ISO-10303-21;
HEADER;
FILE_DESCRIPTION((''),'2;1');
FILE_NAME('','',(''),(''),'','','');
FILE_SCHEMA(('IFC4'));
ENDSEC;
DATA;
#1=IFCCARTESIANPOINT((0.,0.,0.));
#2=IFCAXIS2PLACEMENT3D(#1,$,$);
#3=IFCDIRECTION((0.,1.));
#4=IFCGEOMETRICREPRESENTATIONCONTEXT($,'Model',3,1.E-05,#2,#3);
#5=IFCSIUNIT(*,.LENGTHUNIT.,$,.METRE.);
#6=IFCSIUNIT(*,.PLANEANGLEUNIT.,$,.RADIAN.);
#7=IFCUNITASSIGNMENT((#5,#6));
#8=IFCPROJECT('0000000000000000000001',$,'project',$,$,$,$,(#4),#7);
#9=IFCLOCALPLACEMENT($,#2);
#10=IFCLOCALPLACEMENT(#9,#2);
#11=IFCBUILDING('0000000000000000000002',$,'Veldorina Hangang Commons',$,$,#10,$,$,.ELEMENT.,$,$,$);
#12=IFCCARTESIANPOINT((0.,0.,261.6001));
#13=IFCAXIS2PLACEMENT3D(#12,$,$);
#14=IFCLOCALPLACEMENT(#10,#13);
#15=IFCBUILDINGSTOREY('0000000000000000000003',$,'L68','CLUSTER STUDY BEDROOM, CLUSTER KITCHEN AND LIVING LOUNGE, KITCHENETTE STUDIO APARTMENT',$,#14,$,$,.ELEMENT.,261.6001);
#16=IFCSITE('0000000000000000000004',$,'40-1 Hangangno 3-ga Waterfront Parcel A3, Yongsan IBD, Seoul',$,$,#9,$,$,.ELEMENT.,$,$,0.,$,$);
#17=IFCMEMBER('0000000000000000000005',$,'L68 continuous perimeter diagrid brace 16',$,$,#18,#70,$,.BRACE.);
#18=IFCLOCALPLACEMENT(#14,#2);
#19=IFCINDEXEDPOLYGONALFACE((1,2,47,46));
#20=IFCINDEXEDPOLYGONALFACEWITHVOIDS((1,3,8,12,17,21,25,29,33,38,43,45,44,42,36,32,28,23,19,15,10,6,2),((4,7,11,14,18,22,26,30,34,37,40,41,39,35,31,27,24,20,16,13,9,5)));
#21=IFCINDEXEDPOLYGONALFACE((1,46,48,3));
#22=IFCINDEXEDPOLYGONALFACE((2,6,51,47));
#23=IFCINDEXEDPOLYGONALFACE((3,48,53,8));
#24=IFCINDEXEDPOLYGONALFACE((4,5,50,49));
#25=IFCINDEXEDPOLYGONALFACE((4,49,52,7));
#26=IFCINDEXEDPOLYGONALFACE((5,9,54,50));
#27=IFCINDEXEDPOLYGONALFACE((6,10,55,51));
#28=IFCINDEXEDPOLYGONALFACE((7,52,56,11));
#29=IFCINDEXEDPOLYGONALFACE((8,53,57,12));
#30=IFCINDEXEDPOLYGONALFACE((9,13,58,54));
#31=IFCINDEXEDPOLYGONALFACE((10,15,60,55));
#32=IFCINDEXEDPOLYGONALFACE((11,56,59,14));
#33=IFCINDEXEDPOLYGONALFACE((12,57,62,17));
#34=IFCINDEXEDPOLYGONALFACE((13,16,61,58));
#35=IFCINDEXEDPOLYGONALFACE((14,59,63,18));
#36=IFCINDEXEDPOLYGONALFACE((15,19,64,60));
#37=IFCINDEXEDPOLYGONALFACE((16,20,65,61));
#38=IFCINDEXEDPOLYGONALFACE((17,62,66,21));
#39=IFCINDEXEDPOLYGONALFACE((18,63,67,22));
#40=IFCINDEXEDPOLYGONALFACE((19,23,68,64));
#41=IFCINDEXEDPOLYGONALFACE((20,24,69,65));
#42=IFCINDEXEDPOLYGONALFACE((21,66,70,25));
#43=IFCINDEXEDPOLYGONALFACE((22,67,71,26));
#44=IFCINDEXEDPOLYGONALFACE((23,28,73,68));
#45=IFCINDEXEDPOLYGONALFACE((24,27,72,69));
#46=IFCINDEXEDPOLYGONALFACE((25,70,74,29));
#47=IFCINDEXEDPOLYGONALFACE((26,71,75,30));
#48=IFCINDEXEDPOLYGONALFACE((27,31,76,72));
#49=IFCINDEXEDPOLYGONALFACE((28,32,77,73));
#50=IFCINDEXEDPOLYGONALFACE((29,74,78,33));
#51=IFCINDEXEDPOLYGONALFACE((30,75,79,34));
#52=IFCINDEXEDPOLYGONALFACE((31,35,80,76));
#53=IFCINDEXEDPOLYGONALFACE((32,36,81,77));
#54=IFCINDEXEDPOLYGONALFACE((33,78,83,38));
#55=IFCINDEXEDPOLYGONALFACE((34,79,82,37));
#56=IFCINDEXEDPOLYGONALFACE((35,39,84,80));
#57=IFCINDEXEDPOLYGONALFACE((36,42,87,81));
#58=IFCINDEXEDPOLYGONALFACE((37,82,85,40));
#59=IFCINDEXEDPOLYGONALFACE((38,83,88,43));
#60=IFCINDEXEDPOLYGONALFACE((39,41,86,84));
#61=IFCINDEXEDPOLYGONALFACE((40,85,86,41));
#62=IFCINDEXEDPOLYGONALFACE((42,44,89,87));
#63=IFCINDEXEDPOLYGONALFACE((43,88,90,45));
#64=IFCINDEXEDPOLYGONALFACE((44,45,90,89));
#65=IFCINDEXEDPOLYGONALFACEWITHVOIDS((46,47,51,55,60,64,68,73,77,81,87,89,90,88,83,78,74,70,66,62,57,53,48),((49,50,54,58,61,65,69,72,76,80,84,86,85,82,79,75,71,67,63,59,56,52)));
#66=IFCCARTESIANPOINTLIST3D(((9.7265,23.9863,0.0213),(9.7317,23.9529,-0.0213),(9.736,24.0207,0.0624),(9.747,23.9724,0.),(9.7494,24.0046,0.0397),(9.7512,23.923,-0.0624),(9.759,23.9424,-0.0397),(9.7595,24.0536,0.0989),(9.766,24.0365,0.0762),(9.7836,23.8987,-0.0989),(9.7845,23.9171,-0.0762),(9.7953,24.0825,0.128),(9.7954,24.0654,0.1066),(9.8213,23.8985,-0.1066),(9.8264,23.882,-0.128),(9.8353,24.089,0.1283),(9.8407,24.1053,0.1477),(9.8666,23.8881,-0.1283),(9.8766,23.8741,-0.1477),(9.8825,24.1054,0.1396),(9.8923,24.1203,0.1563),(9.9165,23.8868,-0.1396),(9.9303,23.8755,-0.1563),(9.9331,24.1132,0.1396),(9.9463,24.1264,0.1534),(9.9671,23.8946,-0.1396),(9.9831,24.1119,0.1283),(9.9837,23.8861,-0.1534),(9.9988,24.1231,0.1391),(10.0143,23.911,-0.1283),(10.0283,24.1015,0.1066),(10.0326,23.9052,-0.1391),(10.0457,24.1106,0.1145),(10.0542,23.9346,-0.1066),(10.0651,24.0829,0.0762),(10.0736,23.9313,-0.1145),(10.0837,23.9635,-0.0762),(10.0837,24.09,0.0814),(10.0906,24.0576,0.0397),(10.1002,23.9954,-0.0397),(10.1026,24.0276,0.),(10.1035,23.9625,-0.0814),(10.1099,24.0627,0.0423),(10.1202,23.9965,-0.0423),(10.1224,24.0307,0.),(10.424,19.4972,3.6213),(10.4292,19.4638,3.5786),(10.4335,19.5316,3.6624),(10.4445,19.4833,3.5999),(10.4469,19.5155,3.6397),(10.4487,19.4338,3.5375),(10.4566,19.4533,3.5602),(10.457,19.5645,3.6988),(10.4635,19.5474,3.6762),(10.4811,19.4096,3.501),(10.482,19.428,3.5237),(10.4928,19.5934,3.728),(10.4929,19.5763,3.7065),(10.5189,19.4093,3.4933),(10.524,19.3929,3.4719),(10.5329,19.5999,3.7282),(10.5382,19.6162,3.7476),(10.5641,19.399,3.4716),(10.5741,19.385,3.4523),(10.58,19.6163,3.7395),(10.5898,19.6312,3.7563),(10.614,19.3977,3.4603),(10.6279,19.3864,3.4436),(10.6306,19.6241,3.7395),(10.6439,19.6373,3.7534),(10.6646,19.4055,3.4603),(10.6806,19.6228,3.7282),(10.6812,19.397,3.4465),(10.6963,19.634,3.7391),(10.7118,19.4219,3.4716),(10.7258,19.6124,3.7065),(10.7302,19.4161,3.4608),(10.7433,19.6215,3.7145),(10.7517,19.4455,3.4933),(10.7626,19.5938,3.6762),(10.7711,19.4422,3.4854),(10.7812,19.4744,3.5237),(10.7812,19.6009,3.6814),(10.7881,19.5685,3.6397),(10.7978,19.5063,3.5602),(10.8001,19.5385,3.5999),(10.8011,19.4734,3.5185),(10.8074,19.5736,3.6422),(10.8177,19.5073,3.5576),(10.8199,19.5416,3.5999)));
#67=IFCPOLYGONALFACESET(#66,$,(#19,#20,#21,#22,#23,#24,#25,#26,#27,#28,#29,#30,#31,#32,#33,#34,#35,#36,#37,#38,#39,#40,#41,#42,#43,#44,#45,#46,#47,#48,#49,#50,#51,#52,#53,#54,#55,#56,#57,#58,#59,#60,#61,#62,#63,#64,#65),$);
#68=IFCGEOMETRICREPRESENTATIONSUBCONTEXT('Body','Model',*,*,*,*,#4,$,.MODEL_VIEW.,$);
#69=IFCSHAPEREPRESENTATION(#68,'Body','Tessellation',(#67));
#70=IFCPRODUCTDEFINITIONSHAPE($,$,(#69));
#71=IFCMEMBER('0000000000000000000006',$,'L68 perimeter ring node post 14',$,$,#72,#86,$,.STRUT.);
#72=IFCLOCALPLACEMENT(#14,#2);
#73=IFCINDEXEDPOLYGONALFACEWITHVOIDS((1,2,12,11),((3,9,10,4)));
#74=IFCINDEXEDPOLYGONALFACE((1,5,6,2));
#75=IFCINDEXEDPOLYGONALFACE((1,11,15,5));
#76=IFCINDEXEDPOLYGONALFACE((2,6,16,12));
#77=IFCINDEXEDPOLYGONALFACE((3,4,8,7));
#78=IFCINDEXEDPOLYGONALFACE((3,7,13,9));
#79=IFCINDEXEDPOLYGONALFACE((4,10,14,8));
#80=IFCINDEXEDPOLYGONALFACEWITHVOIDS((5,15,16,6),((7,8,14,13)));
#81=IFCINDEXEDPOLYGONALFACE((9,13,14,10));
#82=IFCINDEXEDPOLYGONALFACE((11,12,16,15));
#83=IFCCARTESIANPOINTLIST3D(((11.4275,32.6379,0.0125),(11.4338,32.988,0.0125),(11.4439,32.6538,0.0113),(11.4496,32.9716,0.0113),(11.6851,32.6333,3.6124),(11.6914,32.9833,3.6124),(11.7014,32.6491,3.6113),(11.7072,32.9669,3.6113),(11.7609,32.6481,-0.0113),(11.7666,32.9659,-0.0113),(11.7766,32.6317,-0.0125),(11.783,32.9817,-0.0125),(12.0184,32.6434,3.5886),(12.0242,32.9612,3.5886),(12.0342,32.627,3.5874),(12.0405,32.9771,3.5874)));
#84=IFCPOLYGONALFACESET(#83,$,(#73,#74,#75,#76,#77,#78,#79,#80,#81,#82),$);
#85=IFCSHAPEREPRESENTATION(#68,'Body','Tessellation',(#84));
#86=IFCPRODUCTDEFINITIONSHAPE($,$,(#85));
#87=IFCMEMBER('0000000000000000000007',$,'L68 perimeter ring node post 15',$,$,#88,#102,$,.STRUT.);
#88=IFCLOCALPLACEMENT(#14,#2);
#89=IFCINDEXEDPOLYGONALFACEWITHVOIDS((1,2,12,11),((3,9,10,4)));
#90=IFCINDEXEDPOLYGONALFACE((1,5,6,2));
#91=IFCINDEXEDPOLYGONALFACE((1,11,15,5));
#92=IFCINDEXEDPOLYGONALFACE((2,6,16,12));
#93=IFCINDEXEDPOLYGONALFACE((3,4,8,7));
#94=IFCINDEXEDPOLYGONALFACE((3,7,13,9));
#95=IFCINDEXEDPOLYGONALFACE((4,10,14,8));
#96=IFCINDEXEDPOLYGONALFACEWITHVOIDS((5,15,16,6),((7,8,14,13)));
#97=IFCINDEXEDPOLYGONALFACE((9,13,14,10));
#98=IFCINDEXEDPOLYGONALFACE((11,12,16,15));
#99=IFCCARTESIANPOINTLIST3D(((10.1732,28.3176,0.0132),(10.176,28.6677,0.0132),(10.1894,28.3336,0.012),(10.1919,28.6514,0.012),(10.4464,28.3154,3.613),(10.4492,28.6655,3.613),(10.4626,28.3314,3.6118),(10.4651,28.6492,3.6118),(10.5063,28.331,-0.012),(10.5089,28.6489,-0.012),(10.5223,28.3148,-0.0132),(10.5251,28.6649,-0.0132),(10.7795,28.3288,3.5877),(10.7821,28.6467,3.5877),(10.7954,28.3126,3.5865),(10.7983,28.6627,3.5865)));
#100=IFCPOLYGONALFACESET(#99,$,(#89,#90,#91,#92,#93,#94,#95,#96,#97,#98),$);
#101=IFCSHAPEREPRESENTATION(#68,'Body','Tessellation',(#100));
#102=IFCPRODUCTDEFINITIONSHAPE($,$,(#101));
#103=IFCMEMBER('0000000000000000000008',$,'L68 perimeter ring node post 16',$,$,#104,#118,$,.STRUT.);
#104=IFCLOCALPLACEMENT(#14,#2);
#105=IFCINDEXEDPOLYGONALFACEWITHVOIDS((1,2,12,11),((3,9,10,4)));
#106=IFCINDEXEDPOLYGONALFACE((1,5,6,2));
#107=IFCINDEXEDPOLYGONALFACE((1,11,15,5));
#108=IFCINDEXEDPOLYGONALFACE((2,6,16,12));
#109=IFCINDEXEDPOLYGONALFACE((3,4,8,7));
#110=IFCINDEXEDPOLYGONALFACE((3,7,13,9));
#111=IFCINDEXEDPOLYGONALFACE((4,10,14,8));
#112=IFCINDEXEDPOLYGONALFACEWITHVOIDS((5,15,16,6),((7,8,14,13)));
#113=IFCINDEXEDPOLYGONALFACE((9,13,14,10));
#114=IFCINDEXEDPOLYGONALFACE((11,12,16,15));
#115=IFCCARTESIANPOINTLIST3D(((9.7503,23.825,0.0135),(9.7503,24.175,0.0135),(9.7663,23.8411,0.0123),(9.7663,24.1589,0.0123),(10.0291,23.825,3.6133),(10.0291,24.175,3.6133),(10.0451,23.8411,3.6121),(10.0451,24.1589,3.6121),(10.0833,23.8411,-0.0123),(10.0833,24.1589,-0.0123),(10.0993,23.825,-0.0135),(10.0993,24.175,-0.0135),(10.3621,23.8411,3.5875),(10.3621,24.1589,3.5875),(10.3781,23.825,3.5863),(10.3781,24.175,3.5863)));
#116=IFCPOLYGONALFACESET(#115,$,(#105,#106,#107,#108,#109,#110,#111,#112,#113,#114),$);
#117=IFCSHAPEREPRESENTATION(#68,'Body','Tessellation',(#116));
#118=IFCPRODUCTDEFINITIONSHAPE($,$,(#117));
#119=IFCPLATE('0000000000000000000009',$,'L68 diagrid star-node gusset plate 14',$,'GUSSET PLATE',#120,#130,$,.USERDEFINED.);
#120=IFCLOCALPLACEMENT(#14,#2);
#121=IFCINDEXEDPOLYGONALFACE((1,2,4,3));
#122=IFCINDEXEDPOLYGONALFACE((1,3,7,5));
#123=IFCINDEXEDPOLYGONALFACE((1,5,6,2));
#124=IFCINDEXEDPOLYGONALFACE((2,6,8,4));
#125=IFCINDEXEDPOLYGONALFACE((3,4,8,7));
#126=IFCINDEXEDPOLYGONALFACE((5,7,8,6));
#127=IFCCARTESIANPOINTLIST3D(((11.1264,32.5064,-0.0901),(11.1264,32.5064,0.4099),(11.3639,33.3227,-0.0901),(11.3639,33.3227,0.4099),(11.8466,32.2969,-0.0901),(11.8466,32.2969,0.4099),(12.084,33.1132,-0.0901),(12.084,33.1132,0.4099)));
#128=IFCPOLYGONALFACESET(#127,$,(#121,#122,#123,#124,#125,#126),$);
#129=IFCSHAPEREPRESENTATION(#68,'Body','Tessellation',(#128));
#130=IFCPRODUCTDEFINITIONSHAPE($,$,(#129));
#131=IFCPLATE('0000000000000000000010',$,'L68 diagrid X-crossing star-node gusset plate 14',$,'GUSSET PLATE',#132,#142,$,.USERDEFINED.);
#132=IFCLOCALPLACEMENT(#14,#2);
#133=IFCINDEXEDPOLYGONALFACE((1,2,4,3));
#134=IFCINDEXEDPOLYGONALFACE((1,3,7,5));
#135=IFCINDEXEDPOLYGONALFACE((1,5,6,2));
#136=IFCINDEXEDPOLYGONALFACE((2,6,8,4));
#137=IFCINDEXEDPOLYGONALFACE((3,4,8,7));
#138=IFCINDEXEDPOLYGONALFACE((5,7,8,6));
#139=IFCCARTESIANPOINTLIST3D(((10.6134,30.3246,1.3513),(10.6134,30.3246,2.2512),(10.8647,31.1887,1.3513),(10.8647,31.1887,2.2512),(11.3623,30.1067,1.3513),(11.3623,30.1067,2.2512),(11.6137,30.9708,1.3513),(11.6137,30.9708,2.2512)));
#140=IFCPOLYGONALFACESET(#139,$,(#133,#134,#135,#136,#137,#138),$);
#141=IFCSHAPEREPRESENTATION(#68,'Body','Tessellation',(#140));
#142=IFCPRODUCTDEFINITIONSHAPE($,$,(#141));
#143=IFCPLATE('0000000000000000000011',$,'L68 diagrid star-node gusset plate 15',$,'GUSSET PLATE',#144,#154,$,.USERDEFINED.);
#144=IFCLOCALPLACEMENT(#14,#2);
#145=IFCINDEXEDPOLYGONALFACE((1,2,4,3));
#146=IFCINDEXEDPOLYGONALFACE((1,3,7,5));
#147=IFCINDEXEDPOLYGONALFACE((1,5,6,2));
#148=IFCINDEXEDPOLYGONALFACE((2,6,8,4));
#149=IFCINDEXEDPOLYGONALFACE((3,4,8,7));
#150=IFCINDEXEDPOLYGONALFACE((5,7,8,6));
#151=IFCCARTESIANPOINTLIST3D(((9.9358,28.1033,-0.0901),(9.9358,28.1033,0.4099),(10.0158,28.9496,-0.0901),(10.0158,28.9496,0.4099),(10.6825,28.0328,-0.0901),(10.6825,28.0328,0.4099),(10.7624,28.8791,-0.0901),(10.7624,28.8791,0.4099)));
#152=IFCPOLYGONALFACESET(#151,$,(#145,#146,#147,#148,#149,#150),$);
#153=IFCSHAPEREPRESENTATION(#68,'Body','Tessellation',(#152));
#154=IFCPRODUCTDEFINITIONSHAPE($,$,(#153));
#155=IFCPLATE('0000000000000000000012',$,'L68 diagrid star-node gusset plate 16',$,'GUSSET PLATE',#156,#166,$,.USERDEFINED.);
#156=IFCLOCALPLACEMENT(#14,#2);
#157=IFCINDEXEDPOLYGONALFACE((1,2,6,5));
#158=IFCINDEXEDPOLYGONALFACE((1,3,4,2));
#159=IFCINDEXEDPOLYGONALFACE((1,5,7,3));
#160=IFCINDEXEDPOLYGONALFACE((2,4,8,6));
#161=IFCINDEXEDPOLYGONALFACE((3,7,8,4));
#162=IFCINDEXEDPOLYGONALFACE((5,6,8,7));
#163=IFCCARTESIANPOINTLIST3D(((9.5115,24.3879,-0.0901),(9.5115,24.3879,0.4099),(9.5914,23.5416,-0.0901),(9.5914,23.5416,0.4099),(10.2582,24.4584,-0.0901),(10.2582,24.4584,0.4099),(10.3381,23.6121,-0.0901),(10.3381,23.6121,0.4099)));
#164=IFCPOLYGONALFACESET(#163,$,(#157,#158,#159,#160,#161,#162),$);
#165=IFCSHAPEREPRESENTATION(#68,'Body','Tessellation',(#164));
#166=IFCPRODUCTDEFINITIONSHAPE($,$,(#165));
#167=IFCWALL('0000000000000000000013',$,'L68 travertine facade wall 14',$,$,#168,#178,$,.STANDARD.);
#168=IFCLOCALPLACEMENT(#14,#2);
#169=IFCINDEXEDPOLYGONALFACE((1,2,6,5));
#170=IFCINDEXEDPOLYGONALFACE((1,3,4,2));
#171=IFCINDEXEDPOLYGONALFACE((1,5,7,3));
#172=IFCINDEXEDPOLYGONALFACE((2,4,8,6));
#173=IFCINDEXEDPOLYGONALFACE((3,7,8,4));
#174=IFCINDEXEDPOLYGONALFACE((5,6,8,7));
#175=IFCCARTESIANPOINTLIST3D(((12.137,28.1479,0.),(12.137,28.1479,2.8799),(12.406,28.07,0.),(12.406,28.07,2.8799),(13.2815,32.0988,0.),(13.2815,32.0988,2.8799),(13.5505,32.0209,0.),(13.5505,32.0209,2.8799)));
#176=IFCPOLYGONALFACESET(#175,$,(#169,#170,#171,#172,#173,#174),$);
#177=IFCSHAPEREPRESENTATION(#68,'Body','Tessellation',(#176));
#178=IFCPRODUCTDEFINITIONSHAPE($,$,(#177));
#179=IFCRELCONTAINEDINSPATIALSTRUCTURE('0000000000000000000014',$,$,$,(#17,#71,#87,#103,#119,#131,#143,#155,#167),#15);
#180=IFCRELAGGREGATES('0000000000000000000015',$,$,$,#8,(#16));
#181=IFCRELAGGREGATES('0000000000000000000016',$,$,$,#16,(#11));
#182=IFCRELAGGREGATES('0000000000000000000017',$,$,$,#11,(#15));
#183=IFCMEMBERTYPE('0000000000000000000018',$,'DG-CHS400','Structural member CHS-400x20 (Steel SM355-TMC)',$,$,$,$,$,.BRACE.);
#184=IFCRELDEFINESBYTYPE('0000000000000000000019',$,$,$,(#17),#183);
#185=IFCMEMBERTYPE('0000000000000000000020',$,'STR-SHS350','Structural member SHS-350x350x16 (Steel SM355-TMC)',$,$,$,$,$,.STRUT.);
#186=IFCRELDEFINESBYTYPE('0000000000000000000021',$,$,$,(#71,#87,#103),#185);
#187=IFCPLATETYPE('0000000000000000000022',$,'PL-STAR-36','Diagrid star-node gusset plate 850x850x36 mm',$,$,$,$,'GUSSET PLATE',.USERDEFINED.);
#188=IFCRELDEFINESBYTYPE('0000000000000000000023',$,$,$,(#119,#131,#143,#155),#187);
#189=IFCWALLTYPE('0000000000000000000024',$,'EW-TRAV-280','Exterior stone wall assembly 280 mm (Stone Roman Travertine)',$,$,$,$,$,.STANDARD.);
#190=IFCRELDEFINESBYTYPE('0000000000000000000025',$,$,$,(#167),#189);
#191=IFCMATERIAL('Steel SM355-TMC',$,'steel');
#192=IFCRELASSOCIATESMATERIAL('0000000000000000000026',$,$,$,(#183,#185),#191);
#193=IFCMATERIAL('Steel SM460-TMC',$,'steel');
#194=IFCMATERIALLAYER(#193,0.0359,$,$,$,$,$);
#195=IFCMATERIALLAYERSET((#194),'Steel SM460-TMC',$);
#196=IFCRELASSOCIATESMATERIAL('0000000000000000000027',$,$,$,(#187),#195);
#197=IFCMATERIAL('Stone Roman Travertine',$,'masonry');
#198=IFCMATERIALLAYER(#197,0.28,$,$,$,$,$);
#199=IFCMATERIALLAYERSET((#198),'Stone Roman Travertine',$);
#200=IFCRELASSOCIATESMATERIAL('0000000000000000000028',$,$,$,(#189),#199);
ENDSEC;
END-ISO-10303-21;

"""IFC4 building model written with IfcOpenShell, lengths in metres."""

from ifc_helpers import new_model, si_unit, direction, frame, frame_2d, origin, origin_2d, place, context, subcontext, project, spatial, rectangle, hollow_rectangle, hollow_circle, extrude, material, layer, layer_set, material_profile, profile_set, type_object, element, save


model = new_model("IFC4")

# Units and contexts
model_context = context("Model", 3, precision=1e-05, world=origin(), true_north=direction((0.0, 1.0)))
body_context = subcontext(model_context, "Body", "Model", "MODEL_VIEW")
ifc_project = project(units=[si_unit("LENGTHUNIT", "METRE"), si_unit("PLANEANGLEUNIT", "RADIAN")], contexts=[model_context])

# Site, building, storey
site_placement = place(None, origin())
site = spatial("IfcSite", under=ifc_project, at=site_placement, Name="40-1 Hangangno 3-ga Waterfront Parcel A3, Yongsan IBD, Seoul", CompositionType="ELEMENT", RefElevation=0.0)
building_placement = place(site_placement, origin())
building = spatial("IfcBuilding", under=site, at=building_placement, Name="Veldorina Hangang Commons", CompositionType="ELEMENT")
storey_placement = place(building_placement, frame((0.0, 0.0, 261.6001)))
storey = spatial("IfcBuildingStorey", under=building, at=storey_placement, Name="L68", Description="CLUSTER STUDY BEDROOM, CLUSTER KITCHEN AND LIVING LOUNGE, KITCHENETTE STUDIO APARTMENT", CompositionType="ELEMENT", Elevation=261.6001)

# Shared definitions
ifc_material_1 = material(Name="Steel SM355-TMC", Category="steel")

# Members
ifc_material_profile_1 = material_profile(ifc_material_1, hollow_circle(Radius=0.2, WallThickness=0.02, at=origin_2d()), Name="CHS-400x20")
ifc_profile_set_1 = profile_set([ifc_material_profile_1], Name="Steel SM355-TMC")
member_type_1 = type_object("IfcMemberType", Name="DG-CHS400", Description="Structural member CHS-400x20 (Steel SM355-TMC)", PredefinedType="BRACE", material=ifc_profile_set_1)
member_1_placement = place(storey_placement, frame((9.9248, 24.0, 0.0), z_axis=(0.120338, -0.774466, 0.621064), x_axis=(0.988143, 0.153539, 0.0)))
element("IfcMember", 1, at=member_1_placement, inside=storey, type_object=member_type_1, Name="L68 continuous perimeter diagrid brace 16", PredefinedType="BRACE", context=body_context, shape_type="SweptSolid", body=[
    extrude(hollow_circle(Radius=0.2, WallThickness=0.02, at=origin_2d()), origin(), (0.0, 0.0, 1.0), 5.7964),
])
ifc_material_profile_2 = material_profile(ifc_material_1, hollow_rectangle(XDim=0.3501, YDim=0.3501, WallThickness=0.0161, at=origin_2d()), Name="SHS-350x350x16")
ifc_profile_set_2 = profile_set([ifc_material_profile_2], Name="Steel SM355-TMC")
member_type_2 = type_object("IfcMemberType", Name="STR-SHS350", Description="Structural member SHS-350x350x16 (Steel SM355-TMC)", PredefinedType="STRUT", material=ifc_profile_set_2)
member_2_placement = place(storey_placement, frame((11.6052, 32.8098, 0.0), z_axis=(0.071367, -0.001285, 0.997449), x_axis=(0.018007, 0.999838, 0.0)))
element("IfcMember", 2, at=member_2_placement, inside=storey, type_object=member_type_2, Name="L68 perimeter ring node post 14", PredefinedType="STRUT", context=body_context, shape_type="SweptSolid", body=[
    extrude(hollow_rectangle(XDim=0.3501, YDim=0.3501, WallThickness=0.0161, at=origin_2d()), origin(), (0.0, 0.0, 1.0), 3.6091),
])
member_3_placement = place(storey_placement, frame((10.3491, 28.4912, 0.0), z_axis=(0.075673, -0.000609, 0.997133), x_axis=(0.008043, 0.999968, 0.0)))
element("IfcMember", 3, at=member_3_placement, inside=storey, type_object=member_type_2, Name="L68 perimeter ring node post 15", PredefinedType="STRUT", context=body_context, shape_type="SweptSolid", body=[
    extrude(hollow_rectangle(XDim=0.3501, YDim=0.3501, WallThickness=0.0161, at=origin_2d()), origin(), (0.0, 0.0, 1.0), 3.6101),
])
member_4_placement = place(storey_placement, frame((9.9248, 24.0, 0.0), z_axis=(0.077219, 0.0, 0.997014), x_axis=(0.0, 1.0, 0.0)))
element("IfcMember", 4, at=member_4_placement, inside=storey, type_object=member_type_2, Name="L68 perimeter ring node post 16", PredefinedType="STRUT", context=body_context, shape_type="SweptSolid", body=[
    extrude(hollow_rectangle(XDim=0.3501, YDim=0.3501, WallThickness=0.0161, at=origin_2d()), origin(), (0.0, 0.0, 1.0), 3.6106),
])

# Plates
ifc_material_2 = material(Name="Steel SM460-TMC", Category="steel")
ifc_layer_1 = layer(ifc_material_2, 0.0359)
ifc_layer_set_1 = layer_set([ifc_layer_1], Name="Steel SM460-TMC")
plate_type = type_object("IfcPlateType", Name="PL-STAR-36", Description="Diagrid star-node gusset plate 850x850x36 mm", ElementType="GUSSET PLATE", PredefinedType="USERDEFINED", material=ifc_layer_set_1)
plate_1_placement = place(storey_placement, frame((11.6052, 32.8098, -0.0901), z_axis=(0.0, 0.0, 1.0), x_axis=(-0.27931, -0.960201, 0.0)))
element("IfcPlate", 5, at=plate_1_placement, inside=storey, type_object=plate_type, Name="L68 diagrid star-node gusset plate 14", ObjectType="GUSSET PLATE", PredefinedType="USERDEFINED", context=body_context, shape_type="SweptSolid", body=[
    extrude(rectangle(XDim=0.8501, YDim=0.75, at=origin_2d()), origin(), (0.0, 0.0, 1.0), 0.5),
])
plate_2_placement = place(storey_placement, frame((11.1135, 30.6477, 1.3513), z_axis=(0.0, 0.0, 1.0), x_axis=(-0.27931, -0.960201, 0.0)))
element("IfcPlate", 6, at=plate_2_placement, inside=storey, type_object=plate_type, Name="L68 diagrid X-crossing star-node gusset plate 14", ObjectType="GUSSET PLATE", PredefinedType="USERDEFINED", context=body_context, shape_type="SweptSolid", body=[
    extrude(rectangle(XDim=0.8999, YDim=0.78, at=origin_2d()), origin(), (0.0, 0.0, 1.0), 0.8999),
])
for number, where, z_axis, x_axis, name in (
    (7, (10.3491, 28.4912, -0.0901), (0.0, 0.0, 1.0), (-0.094039, -0.995569, 0.0), "L68 diagrid star-node gusset plate 15"),
    (8, (9.9248, 24.0, -0.0901), (0.0, 0.0, 1.0), (0.094039, -0.995569, 0.0), "L68 diagrid star-node gusset plate 16"),
):
    element("IfcPlate", number, at=place(storey_placement, frame(where, z_axis=z_axis, x_axis=x_axis)), inside=storey, type_object=plate_type, Name=name, ObjectType="GUSSET PLATE", PredefinedType="USERDEFINED", context=body_context, shape_type="SweptSolid", body=[
        extrude(rectangle(XDim=0.8501, YDim=0.75, at=origin_2d()), origin(), (0.0, 0.0, 1.0), 0.5),
    ])

# Wall
ifc_material_3 = material(Name="Stone Roman Travertine", Category="masonry")
ifc_layer_2 = layer(ifc_material_3, 0.28)
ifc_layer_set_2 = layer_set([ifc_layer_2], Name="Stone Roman Travertine")
wall_type_1 = type_object("IfcWallType", Name="EW-TRAV-280", Description="Exterior stone wall assembly 280 mm (Stone Roman Travertine)", PredefinedType="STANDARD", material=ifc_layer_set_2)
wall_1_placement = place(storey_placement, frame((13.416, 32.0598, 0.0), z_axis=(0.0, 0.0, 1.0), x_axis=(-0.278247, -0.96051, 0.0)))
element("IfcWall", 9, at=wall_1_placement, inside=storey, type_object=wall_type_1, Name="L68 travertine facade wall 14", PredefinedType="STANDARD", context=body_context, shape_type="SweptSolid", body=[
    extrude(rectangle(XDim=4.1133, YDim=0.28, at=frame_2d((2.0566, 0.0))), origin(), (0.0, 0.0, 1.0), 2.8799),
])

save(model, "model.ifc")
